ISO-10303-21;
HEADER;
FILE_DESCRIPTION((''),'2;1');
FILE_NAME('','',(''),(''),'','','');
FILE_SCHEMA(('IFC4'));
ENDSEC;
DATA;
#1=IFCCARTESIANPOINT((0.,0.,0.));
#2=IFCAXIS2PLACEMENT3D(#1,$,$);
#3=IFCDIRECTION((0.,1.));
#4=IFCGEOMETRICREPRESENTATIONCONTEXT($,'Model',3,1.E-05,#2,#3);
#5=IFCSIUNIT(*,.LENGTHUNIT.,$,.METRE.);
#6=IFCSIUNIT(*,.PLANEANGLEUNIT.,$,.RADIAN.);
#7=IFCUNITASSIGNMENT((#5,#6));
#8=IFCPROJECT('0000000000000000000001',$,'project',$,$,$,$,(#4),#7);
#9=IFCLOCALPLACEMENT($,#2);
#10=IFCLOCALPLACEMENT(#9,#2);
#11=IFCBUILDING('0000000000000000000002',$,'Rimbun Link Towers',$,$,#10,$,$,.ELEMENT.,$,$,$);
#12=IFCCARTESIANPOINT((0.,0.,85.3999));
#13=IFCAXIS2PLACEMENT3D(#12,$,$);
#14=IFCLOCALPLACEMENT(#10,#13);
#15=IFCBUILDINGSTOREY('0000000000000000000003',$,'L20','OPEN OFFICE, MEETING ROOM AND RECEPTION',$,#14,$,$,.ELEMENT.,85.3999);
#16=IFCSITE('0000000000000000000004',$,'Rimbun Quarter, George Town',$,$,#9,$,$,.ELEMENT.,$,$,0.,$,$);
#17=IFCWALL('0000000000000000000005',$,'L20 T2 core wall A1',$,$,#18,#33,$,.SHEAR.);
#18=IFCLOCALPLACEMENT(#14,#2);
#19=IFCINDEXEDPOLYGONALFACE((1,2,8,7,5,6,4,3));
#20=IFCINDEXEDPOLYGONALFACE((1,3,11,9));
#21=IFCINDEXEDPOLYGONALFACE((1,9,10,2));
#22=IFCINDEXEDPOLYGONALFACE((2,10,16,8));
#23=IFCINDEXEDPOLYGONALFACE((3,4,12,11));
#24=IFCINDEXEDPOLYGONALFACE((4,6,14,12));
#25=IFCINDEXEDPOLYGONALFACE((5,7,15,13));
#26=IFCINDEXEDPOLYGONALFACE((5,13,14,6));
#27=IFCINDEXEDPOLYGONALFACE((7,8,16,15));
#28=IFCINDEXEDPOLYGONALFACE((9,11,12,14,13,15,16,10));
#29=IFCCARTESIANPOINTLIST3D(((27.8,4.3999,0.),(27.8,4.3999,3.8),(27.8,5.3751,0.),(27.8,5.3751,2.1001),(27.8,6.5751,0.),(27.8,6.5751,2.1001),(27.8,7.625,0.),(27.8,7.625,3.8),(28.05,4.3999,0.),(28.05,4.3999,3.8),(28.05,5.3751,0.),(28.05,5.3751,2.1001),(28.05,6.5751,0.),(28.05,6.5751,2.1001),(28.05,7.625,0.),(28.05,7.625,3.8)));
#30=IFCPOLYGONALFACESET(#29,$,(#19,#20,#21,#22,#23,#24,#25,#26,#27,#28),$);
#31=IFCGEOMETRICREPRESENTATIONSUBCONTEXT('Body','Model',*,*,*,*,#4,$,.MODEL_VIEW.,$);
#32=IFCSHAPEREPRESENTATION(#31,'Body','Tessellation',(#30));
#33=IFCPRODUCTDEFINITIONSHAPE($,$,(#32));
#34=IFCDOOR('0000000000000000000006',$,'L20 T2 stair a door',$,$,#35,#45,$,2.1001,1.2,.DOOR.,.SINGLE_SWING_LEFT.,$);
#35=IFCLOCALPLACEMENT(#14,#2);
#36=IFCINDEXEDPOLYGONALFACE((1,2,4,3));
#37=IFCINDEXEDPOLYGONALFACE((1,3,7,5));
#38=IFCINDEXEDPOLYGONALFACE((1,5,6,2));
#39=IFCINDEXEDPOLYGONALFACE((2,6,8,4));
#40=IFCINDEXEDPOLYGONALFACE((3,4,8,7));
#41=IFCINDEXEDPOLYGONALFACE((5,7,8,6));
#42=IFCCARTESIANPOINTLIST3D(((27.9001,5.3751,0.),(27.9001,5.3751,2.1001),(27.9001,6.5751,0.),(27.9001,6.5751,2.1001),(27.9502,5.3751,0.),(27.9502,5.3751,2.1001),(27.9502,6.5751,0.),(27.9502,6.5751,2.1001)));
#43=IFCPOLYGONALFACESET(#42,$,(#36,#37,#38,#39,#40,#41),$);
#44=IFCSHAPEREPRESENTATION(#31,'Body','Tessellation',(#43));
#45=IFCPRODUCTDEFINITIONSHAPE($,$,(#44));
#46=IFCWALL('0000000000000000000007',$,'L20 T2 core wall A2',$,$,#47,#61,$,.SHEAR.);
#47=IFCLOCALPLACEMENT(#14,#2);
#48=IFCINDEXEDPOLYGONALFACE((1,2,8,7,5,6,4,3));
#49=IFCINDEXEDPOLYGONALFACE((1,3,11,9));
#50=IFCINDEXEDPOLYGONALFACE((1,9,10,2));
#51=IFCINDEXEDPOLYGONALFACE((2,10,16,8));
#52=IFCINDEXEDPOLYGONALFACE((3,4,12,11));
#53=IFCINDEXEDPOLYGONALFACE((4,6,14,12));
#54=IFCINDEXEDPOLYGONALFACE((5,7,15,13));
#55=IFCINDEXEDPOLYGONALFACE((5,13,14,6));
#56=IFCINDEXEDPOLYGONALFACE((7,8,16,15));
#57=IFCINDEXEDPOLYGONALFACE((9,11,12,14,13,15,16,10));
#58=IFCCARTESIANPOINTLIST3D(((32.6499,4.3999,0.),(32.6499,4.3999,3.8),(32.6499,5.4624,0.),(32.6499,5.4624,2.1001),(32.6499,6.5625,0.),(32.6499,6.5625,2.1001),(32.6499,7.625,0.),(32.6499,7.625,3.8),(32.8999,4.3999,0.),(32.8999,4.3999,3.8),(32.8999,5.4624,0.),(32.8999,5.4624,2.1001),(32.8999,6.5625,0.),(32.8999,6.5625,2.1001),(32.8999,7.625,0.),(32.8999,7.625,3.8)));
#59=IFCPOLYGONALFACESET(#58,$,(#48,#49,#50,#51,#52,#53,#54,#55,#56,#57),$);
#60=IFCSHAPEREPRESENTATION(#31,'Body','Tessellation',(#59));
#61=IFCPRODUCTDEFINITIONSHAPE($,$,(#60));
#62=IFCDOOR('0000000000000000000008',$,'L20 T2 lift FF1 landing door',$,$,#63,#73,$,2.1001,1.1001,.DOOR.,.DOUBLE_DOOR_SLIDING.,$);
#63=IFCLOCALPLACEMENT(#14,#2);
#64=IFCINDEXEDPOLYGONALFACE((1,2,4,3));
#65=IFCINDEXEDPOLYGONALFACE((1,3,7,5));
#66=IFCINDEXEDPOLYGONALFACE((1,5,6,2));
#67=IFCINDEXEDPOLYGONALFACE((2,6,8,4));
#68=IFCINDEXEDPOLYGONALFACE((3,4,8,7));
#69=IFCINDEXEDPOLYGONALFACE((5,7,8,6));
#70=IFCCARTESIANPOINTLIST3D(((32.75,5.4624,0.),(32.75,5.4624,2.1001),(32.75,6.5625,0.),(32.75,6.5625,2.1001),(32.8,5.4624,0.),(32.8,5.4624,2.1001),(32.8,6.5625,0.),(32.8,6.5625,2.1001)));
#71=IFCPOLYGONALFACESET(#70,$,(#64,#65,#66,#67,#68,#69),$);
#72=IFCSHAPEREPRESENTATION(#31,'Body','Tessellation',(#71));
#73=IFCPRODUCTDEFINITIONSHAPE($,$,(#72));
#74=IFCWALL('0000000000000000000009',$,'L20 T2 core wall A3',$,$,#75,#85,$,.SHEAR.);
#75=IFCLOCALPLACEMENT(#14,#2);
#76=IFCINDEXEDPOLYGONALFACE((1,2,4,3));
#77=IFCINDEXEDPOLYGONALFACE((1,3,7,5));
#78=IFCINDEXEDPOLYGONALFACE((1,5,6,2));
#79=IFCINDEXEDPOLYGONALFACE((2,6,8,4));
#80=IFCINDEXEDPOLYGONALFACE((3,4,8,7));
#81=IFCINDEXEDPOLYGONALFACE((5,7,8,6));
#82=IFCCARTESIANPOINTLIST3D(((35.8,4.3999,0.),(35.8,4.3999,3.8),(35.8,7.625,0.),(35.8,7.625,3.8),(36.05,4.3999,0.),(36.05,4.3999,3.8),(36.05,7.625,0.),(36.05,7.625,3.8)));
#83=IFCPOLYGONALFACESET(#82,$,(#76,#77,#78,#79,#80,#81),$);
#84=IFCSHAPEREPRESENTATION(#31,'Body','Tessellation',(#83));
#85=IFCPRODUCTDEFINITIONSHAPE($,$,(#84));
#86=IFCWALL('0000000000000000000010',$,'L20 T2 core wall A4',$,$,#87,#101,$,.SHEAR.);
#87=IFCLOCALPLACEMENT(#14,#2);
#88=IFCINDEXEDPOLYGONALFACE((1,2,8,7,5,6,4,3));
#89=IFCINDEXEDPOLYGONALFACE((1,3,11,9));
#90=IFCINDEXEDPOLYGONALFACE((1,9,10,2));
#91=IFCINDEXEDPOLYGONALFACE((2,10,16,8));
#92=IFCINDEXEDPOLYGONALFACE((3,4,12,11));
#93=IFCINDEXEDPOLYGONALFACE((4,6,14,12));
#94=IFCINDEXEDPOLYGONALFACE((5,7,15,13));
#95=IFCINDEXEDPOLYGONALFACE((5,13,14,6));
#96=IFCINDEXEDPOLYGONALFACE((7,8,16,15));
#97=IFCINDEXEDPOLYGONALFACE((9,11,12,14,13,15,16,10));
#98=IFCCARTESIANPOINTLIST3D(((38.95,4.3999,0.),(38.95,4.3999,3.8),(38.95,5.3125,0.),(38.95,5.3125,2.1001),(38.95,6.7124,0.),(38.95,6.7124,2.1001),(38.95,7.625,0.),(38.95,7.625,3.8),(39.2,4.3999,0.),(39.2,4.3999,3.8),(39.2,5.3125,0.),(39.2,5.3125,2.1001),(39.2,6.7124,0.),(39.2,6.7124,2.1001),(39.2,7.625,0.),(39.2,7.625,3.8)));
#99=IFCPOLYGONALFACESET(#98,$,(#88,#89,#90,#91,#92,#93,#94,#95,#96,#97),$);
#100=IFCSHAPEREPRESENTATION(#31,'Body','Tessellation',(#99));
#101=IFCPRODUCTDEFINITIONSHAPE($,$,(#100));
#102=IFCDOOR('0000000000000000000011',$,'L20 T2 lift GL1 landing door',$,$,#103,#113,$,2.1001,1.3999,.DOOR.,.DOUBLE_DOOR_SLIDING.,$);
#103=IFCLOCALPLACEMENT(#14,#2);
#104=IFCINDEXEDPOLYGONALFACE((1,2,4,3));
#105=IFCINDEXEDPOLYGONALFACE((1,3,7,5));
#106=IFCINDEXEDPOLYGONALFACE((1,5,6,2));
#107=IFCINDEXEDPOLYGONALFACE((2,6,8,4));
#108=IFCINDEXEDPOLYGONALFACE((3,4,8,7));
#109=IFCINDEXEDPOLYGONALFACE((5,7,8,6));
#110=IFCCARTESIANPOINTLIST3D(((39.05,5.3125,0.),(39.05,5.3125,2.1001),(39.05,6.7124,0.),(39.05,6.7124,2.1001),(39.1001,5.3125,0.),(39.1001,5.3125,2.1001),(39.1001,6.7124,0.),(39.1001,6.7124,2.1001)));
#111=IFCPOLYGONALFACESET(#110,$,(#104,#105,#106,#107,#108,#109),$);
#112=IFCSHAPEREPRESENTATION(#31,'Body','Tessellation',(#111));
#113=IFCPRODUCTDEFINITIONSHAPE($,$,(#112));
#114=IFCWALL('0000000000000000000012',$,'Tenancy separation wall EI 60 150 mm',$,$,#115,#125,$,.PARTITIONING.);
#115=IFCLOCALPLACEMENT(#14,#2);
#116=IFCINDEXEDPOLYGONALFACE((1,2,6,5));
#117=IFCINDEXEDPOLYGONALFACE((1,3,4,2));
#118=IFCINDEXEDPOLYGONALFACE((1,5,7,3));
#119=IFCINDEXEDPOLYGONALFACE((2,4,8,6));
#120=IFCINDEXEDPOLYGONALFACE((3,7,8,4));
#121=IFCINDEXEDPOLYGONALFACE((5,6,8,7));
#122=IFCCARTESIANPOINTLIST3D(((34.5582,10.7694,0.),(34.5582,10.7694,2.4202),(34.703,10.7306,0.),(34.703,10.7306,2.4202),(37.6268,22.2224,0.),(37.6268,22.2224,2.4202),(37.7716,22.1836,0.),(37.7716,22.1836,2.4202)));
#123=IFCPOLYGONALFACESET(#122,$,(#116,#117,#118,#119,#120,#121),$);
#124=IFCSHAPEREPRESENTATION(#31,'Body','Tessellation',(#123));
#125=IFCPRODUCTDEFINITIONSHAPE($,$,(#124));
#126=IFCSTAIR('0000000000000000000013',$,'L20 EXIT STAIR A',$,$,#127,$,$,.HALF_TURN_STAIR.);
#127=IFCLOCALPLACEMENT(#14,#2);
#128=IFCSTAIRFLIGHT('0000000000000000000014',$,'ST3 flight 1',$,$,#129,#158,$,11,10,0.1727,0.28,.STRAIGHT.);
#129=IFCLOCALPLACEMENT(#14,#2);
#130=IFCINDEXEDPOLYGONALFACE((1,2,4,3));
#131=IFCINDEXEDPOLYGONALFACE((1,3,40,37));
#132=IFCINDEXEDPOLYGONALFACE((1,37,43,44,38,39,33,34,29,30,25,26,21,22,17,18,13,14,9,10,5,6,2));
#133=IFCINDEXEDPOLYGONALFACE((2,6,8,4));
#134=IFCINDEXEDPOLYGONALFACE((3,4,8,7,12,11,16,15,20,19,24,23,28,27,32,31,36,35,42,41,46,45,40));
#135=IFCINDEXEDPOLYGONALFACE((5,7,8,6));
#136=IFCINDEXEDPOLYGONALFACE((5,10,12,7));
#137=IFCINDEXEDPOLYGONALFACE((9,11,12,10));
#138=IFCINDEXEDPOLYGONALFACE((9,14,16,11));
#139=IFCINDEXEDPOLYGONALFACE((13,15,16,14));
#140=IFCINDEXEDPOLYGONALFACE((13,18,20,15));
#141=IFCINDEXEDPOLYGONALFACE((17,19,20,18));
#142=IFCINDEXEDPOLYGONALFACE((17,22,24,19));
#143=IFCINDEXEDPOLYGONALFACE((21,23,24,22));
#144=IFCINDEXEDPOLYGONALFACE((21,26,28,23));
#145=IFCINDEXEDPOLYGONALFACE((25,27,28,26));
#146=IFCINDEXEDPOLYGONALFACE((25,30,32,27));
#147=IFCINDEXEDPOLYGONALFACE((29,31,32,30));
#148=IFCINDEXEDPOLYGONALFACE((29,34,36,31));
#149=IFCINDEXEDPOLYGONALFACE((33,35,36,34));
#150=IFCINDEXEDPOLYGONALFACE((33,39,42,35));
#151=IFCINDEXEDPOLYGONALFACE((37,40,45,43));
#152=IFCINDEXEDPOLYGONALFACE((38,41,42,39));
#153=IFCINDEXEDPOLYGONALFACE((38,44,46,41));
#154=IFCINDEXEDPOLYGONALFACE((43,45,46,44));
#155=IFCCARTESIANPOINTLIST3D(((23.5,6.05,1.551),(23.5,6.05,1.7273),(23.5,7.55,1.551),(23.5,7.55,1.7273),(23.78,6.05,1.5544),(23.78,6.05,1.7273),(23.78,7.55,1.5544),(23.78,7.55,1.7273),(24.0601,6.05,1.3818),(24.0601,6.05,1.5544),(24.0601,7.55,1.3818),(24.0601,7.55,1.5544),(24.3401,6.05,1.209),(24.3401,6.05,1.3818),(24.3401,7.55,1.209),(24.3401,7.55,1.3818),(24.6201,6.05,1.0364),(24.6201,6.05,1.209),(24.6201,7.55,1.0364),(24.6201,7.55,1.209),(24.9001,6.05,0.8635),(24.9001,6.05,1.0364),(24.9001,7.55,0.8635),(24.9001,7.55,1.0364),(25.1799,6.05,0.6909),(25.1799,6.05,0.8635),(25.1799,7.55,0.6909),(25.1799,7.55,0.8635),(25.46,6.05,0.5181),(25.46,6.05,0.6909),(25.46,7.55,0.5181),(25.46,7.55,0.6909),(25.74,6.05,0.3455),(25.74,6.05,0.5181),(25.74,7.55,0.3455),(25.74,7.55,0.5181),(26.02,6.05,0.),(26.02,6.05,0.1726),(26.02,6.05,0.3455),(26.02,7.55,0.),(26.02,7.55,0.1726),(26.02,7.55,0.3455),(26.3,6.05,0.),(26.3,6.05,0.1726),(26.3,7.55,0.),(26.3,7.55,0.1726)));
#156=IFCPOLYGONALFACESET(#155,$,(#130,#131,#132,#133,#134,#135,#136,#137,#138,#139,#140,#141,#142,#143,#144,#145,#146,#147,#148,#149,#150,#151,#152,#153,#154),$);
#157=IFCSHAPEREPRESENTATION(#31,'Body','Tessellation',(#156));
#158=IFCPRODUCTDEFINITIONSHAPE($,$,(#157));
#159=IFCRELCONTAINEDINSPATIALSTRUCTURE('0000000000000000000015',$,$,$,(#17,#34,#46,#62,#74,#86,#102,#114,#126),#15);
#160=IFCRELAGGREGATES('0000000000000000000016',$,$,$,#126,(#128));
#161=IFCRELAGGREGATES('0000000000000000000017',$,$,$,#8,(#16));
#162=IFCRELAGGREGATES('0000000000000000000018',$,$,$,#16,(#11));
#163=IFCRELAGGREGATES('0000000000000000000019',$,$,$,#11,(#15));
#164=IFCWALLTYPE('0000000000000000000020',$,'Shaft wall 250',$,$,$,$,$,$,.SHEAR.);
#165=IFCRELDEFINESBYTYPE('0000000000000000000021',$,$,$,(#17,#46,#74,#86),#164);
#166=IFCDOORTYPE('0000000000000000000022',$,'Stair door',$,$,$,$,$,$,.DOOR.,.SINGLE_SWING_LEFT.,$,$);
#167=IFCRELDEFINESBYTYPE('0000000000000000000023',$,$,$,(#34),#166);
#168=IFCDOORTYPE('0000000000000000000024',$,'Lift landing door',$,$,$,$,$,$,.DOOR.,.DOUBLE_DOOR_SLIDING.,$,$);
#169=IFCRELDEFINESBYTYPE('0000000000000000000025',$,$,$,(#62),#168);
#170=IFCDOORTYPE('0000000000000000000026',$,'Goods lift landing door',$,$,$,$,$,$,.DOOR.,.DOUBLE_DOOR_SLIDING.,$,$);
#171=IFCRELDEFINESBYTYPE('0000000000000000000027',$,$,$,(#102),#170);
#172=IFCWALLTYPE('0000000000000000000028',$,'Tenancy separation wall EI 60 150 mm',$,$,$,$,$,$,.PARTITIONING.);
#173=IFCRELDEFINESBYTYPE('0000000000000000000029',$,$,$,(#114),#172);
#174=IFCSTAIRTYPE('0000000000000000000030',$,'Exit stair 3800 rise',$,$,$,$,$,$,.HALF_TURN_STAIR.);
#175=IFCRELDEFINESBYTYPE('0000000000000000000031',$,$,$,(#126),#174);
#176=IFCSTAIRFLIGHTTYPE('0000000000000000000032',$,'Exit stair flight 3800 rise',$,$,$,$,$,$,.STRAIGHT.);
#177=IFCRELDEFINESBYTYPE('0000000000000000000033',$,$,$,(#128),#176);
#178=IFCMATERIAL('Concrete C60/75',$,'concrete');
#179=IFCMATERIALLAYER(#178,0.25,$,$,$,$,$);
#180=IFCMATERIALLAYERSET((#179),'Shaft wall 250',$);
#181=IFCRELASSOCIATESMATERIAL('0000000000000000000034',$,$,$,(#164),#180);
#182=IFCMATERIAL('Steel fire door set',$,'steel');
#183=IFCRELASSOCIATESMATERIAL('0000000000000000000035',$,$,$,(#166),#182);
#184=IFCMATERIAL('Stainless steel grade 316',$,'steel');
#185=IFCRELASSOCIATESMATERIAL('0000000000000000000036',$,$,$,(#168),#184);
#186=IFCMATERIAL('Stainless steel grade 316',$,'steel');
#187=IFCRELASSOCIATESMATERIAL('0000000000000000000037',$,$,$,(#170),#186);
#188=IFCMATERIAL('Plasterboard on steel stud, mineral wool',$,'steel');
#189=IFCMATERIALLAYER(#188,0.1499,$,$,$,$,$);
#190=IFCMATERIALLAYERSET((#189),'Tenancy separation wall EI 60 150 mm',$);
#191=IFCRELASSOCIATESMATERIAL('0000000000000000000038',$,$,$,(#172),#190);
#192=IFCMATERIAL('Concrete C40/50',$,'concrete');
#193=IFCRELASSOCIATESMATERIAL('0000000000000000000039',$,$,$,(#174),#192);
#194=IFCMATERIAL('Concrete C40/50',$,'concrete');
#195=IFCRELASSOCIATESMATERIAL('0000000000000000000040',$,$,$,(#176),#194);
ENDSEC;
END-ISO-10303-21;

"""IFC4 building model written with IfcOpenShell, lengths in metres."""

from ifc_helpers import new_model, si_unit, direction, frame, frame_2d, origin, place, context, subcontext, project, spatial, polyline, rectangle, outline, extrude, material, layer, layer_set, type_object, element, fill, aggregate, save


model = new_model("IFC4")

# Units and contexts
model_context = context("Model", 3, precision=1e-05, world=origin(), true_north=direction((0.0, 1.0)))
body_context = subcontext(model_context, "Body", "Model", "MODEL_VIEW")
ifc_project = project(units=[si_unit("LENGTHUNIT", "METRE"), si_unit("PLANEANGLEUNIT", "RADIAN")], contexts=[model_context])

# Site, building, storey
site_placement = place(None, origin())
site = spatial("IfcSite", under=ifc_project, at=site_placement, Name="Rimbun Quarter, George Town", CompositionType="ELEMENT", RefElevation=0.0)
building_placement = place(site_placement, origin())
building = spatial("IfcBuilding", under=site, at=building_placement, Name="Rimbun Link Towers", CompositionType="ELEMENT")
storey_placement = place(building_placement, frame((0.0, 0.0, 85.3999)))
storey = spatial("IfcBuildingStorey", under=building, at=storey_placement, Name="L20", Description="OPEN OFFICE, MEETING ROOM AND RECEPTION", CompositionType="ELEMENT", Elevation=85.3999)

# Walls, openings, doors
ifc_material_1 = material(Name="Concrete C60/75", Category="concrete")
ifc_layer_1 = layer(ifc_material_1, 0.25)
ifc_layer_set_1 = layer_set([ifc_layer_1], Name="Shaft wall 250")
wall_type_1 = type_object("IfcWallType", Name="Shaft wall 250", PredefinedType="SHEAR", material=ifc_layer_set_1)
wall_1_placement = place(storey_placement, frame((27.925, 4.3999, 0.0), z_axis=(0.0, 0.0, 1.0), x_axis=(0.0, 1.0, 0.0)))
wall_1 = element("IfcWall", 1, at=wall_1_placement, inside=storey, type_object=wall_type_1, Name="L20 T2 core wall A1", PredefinedType="SHEAR", context=body_context, shape_type="SweptSolid", body=[
    extrude(rectangle(XDim=3.2251, YDim=0.25, at=frame_2d((1.6125, 0.0))), origin(), (0.0, 0.0, 1.0), 3.8),
])
opening_1_placement = place(wall_1_placement, frame((0.9751, 0.0, 0.0)))
opening_1 = element("IfcOpeningElement", 2, at=opening_1_placement, cuts=wall_1, PredefinedType="OPENING", context=body_context, shape_type="SweptSolid", body=[
    extrude(rectangle(XDim=1.2, YDim=2.1001, at=frame_2d((0.6001, 1.05))), frame((0.0, 0.135, 0.0), z_axis=(0.0, -1.0, 0.0), x_axis=(1.0, 0.0, 0.0)), (0.0, 0.0, 1.0), 0.27),
])
ifc_material_2 = material(Name="Steel fire door set", Category="steel")
door_type_1 = type_object("IfcDoorType", Name="Stair door", OperationType="SINGLE_SWING_LEFT", PredefinedType="DOOR", material=ifc_material_2)
door_1_placement = place(opening_1_placement, origin())
door_1 = element("IfcDoor", 3, at=door_1_placement, inside=storey, type_object=door_type_1, Name="L20 T2 stair a door", OperationType="SINGLE_SWING_LEFT", OverallHeight=2.1001, OverallWidth=1.2, PredefinedType="DOOR", context=body_context, shape_type="SweptSolid", body=[
    extrude(rectangle(XDim=1.2, YDim=2.1001, at=frame_2d((0.6001, 1.05))), frame((0.0, 0.0249, 0.0), z_axis=(0.0, -1.0, 0.0), x_axis=(1.0, 0.0, 0.0)), (0.0, 0.0, 1.0), 0.05),
])
fill(opening_1, door_1)
wall_2_placement = place(storey_placement, frame((32.7749, 4.3999, 0.0), z_axis=(0.0, 0.0, 1.0), x_axis=(0.0, 1.0, 0.0)))
wall_2 = element("IfcWall", 4, at=wall_2_placement, inside=storey, type_object=wall_type_1, Name="L20 T2 core wall A2", PredefinedType="SHEAR", context=body_context, shape_type="SweptSolid", body=[
    extrude(rectangle(XDim=3.2251, YDim=0.25, at=frame_2d((1.6125, 0.0))), origin(), (0.0, 0.0, 1.0), 3.8),
])
opening_2_placement = place(wall_2_placement, frame((1.0625, 0.0, 0.0)))
opening_2 = element("IfcOpeningElement", 5, at=opening_2_placement, cuts=wall_2, PredefinedType="OPENING", context=body_context, shape_type="SweptSolid", body=[
    extrude(rectangle(XDim=1.1001, YDim=2.1001, at=frame_2d((0.55, 1.05))), frame((0.0, 0.135, 0.0), z_axis=(0.0, -1.0, 0.0), x_axis=(1.0, 0.0, 0.0)), (0.0, 0.0, 1.0), 0.27),
])
ifc_material_3 = material(Name="Stainless steel grade 316", Category="steel")
door_type_2 = type_object("IfcDoorType", Name="Lift landing door", OperationType="DOUBLE_DOOR_SLIDING", PredefinedType="DOOR", material=ifc_material_3)
door_2_placement = place(opening_2_placement, origin())
door_2 = element("IfcDoor", 6, at=door_2_placement, inside=storey, type_object=door_type_2, Name="L20 T2 lift FF1 landing door", OperationType="DOUBLE_DOOR_SLIDING", OverallHeight=2.1001, OverallWidth=1.1001, PredefinedType="DOOR", context=body_context, shape_type="SweptSolid", body=[
    extrude(rectangle(XDim=1.1001, YDim=2.1001, at=frame_2d((0.55, 1.05))), frame((0.0, 0.0249, 0.0), z_axis=(0.0, -1.0, 0.0), x_axis=(1.0, 0.0, 0.0)), (0.0, 0.0, 1.0), 0.05),
])
fill(opening_2, door_2)

# Wall
wall_3_placement = place(storey_placement, frame((35.925, 4.3999, 0.0), z_axis=(0.0, 0.0, 1.0), x_axis=(0.0, 1.0, 0.0)))
element("IfcWall", 7, at=wall_3_placement, inside=storey, type_object=wall_type_1, Name="L20 T2 core wall A3", PredefinedType="SHEAR", context=body_context, shape_type="SweptSolid", body=[
    extrude(rectangle(XDim=3.2251, YDim=0.25, at=frame_2d((1.6125, 0.0))), origin(), (0.0, 0.0, 1.0), 3.8),
])

# Wall, opening, door
wall_4_placement = place(storey_placement, frame((39.075, 4.3999, 0.0), z_axis=(0.0, 0.0, 1.0), x_axis=(0.0, 1.0, 0.0)))
wall_4 = element("IfcWall", 8, at=wall_4_placement, inside=storey, type_object=wall_type_1, Name="L20 T2 core wall A4", PredefinedType="SHEAR", context=body_context, shape_type="SweptSolid", body=[
    extrude(rectangle(XDim=3.2251, YDim=0.25, at=frame_2d((1.6125, 0.0))), origin(), (0.0, 0.0, 1.0), 3.8),
])
opening_3_placement = place(wall_4_placement, frame((0.9126, 0.0, 0.0)))
opening_3 = element("IfcOpeningElement", 9, at=opening_3_placement, cuts=wall_4, PredefinedType="OPENING", context=body_context, shape_type="SweptSolid", body=[
    extrude(rectangle(XDim=1.3999, YDim=2.1001, at=frame_2d((0.7, 1.05))), frame((0.0, 0.135, 0.0), z_axis=(0.0, -1.0, 0.0), x_axis=(1.0, 0.0, 0.0)), (0.0, 0.0, 1.0), 0.27),
])
ifc_material_4 = material(Name="Stainless steel grade 316", Category="steel")
door_type_3 = type_object("IfcDoorType", Name="Goods lift landing door", OperationType="DOUBLE_DOOR_SLIDING", PredefinedType="DOOR", material=ifc_material_4)
door_3_placement = place(opening_3_placement, origin())
door_3 = element("IfcDoor", 10, at=door_3_placement, inside=storey, type_object=door_type_3, Name="L20 T2 lift GL1 landing door", OperationType="DOUBLE_DOOR_SLIDING", OverallHeight=2.1001, OverallWidth=1.3999, PredefinedType="DOOR", context=body_context, shape_type="SweptSolid", body=[
    extrude(rectangle(XDim=1.3999, YDim=2.1001, at=frame_2d((0.7, 1.05))), frame((0.0, 0.0249, 0.0), z_axis=(0.0, -1.0, 0.0), x_axis=(1.0, 0.0, 0.0)), (0.0, 0.0, 1.0), 0.05),
])
fill(opening_3, door_3)

# Wall
ifc_material_5 = material(Name="Plasterboard on steel stud, mineral wool", Category="steel")
ifc_layer_2 = layer(ifc_material_5, 0.1499)
ifc_layer_set_2 = layer_set([ifc_layer_2], Name="Tenancy separation wall EI 60 150 mm")
wall_type_2 = type_object("IfcWallType", Name="Tenancy separation wall EI 60 150 mm", PredefinedType="PARTITIONING", material=ifc_layer_set_2)
wall_5_placement = place(storey_placement, frame((34.6306, 10.75, 0.0), z_axis=(0.0, 0.0, 1.0), x_axis=(0.258804, 0.96593, 0.0)))
element("IfcWall", 11, at=wall_5_placement, inside=storey, type_object=wall_type_2, Name="Tenancy separation wall EI 60 150 mm", PredefinedType="PARTITIONING", context=body_context, shape_type="SweptSolid", body=[
    extrude(rectangle(XDim=11.8569, YDim=0.1499, at=frame_2d((5.9285, 0.0))), origin(), (0.0, 0.0, 1.0), 2.4202),
])

# Stair, stair flight
ifc_material_6 = material(Name="Concrete C40/50", Category="concrete")
stair_type = type_object("IfcStairType", Name="Exit stair 3800 rise", PredefinedType="HALF_TURN_STAIR", material=ifc_material_6)
stair_placement = place(storey_placement, origin())
stair = element("IfcStair", 12, at=stair_placement, inside=storey, type_object=stair_type, Name="L20 EXIT STAIR A", PredefinedType="HALF_TURN_STAIR")
ifc_material_7 = material(Name="Concrete C40/50", Category="concrete")
stair_flight_type = type_object("IfcStairFlightType", Name="Exit stair flight 3800 rise", PredefinedType="STRAIGHT", material=ifc_material_7)
stair_flight_placement = place(storey_placement, frame((26.3, 6.8, 0.0), z_axis=(0.0, 0.0, 1.0), x_axis=(-1.0, 0.0, 0.0)))
stair_flight = element("IfcStairFlight", 13, at=stair_flight_placement, type_object=stair_flight_type, Name="ST3 flight 1", NumberOfRisers=11, NumberOfTreads=10, PredefinedType="STRAIGHT", RiserHeight=0.1727, TreadLength=0.28, context=body_context, shape_type="SweptSolid", body=[
    extrude(outline(polyline([(0.0, 0.0), (0.0, 0.1726), (0.28, 0.1726), (0.28, 0.3455), (0.5601, 0.3455), (0.5601, 0.5181), (0.8401, 0.5181), (0.8401, 0.6909), (1.1201, 0.6909), (1.1201, 0.8635), (1.3999, 0.8635), (1.3999, 1.0364), (1.6799, 1.0364), (1.6799, 1.209), (1.96, 1.209), (1.96, 1.3818), (2.24, 1.3818), (2.24, 1.5544), (2.52, 1.5544), (2.52, 1.7273), (2.8, 1.7273), (2.8, 1.8999), (2.8, 1.551), (0.28, 0.0), (0.0, 0.0)])), frame((0.0, 0.75, 0.0), z_axis=(0.0, -1.0, 0.0), x_axis=(1.0, 0.0, 0.0)), (0.0, 0.0, 1.0), 1.5),
])
aggregate(stair, [stair_flight])

save(model, "model.ifc")
